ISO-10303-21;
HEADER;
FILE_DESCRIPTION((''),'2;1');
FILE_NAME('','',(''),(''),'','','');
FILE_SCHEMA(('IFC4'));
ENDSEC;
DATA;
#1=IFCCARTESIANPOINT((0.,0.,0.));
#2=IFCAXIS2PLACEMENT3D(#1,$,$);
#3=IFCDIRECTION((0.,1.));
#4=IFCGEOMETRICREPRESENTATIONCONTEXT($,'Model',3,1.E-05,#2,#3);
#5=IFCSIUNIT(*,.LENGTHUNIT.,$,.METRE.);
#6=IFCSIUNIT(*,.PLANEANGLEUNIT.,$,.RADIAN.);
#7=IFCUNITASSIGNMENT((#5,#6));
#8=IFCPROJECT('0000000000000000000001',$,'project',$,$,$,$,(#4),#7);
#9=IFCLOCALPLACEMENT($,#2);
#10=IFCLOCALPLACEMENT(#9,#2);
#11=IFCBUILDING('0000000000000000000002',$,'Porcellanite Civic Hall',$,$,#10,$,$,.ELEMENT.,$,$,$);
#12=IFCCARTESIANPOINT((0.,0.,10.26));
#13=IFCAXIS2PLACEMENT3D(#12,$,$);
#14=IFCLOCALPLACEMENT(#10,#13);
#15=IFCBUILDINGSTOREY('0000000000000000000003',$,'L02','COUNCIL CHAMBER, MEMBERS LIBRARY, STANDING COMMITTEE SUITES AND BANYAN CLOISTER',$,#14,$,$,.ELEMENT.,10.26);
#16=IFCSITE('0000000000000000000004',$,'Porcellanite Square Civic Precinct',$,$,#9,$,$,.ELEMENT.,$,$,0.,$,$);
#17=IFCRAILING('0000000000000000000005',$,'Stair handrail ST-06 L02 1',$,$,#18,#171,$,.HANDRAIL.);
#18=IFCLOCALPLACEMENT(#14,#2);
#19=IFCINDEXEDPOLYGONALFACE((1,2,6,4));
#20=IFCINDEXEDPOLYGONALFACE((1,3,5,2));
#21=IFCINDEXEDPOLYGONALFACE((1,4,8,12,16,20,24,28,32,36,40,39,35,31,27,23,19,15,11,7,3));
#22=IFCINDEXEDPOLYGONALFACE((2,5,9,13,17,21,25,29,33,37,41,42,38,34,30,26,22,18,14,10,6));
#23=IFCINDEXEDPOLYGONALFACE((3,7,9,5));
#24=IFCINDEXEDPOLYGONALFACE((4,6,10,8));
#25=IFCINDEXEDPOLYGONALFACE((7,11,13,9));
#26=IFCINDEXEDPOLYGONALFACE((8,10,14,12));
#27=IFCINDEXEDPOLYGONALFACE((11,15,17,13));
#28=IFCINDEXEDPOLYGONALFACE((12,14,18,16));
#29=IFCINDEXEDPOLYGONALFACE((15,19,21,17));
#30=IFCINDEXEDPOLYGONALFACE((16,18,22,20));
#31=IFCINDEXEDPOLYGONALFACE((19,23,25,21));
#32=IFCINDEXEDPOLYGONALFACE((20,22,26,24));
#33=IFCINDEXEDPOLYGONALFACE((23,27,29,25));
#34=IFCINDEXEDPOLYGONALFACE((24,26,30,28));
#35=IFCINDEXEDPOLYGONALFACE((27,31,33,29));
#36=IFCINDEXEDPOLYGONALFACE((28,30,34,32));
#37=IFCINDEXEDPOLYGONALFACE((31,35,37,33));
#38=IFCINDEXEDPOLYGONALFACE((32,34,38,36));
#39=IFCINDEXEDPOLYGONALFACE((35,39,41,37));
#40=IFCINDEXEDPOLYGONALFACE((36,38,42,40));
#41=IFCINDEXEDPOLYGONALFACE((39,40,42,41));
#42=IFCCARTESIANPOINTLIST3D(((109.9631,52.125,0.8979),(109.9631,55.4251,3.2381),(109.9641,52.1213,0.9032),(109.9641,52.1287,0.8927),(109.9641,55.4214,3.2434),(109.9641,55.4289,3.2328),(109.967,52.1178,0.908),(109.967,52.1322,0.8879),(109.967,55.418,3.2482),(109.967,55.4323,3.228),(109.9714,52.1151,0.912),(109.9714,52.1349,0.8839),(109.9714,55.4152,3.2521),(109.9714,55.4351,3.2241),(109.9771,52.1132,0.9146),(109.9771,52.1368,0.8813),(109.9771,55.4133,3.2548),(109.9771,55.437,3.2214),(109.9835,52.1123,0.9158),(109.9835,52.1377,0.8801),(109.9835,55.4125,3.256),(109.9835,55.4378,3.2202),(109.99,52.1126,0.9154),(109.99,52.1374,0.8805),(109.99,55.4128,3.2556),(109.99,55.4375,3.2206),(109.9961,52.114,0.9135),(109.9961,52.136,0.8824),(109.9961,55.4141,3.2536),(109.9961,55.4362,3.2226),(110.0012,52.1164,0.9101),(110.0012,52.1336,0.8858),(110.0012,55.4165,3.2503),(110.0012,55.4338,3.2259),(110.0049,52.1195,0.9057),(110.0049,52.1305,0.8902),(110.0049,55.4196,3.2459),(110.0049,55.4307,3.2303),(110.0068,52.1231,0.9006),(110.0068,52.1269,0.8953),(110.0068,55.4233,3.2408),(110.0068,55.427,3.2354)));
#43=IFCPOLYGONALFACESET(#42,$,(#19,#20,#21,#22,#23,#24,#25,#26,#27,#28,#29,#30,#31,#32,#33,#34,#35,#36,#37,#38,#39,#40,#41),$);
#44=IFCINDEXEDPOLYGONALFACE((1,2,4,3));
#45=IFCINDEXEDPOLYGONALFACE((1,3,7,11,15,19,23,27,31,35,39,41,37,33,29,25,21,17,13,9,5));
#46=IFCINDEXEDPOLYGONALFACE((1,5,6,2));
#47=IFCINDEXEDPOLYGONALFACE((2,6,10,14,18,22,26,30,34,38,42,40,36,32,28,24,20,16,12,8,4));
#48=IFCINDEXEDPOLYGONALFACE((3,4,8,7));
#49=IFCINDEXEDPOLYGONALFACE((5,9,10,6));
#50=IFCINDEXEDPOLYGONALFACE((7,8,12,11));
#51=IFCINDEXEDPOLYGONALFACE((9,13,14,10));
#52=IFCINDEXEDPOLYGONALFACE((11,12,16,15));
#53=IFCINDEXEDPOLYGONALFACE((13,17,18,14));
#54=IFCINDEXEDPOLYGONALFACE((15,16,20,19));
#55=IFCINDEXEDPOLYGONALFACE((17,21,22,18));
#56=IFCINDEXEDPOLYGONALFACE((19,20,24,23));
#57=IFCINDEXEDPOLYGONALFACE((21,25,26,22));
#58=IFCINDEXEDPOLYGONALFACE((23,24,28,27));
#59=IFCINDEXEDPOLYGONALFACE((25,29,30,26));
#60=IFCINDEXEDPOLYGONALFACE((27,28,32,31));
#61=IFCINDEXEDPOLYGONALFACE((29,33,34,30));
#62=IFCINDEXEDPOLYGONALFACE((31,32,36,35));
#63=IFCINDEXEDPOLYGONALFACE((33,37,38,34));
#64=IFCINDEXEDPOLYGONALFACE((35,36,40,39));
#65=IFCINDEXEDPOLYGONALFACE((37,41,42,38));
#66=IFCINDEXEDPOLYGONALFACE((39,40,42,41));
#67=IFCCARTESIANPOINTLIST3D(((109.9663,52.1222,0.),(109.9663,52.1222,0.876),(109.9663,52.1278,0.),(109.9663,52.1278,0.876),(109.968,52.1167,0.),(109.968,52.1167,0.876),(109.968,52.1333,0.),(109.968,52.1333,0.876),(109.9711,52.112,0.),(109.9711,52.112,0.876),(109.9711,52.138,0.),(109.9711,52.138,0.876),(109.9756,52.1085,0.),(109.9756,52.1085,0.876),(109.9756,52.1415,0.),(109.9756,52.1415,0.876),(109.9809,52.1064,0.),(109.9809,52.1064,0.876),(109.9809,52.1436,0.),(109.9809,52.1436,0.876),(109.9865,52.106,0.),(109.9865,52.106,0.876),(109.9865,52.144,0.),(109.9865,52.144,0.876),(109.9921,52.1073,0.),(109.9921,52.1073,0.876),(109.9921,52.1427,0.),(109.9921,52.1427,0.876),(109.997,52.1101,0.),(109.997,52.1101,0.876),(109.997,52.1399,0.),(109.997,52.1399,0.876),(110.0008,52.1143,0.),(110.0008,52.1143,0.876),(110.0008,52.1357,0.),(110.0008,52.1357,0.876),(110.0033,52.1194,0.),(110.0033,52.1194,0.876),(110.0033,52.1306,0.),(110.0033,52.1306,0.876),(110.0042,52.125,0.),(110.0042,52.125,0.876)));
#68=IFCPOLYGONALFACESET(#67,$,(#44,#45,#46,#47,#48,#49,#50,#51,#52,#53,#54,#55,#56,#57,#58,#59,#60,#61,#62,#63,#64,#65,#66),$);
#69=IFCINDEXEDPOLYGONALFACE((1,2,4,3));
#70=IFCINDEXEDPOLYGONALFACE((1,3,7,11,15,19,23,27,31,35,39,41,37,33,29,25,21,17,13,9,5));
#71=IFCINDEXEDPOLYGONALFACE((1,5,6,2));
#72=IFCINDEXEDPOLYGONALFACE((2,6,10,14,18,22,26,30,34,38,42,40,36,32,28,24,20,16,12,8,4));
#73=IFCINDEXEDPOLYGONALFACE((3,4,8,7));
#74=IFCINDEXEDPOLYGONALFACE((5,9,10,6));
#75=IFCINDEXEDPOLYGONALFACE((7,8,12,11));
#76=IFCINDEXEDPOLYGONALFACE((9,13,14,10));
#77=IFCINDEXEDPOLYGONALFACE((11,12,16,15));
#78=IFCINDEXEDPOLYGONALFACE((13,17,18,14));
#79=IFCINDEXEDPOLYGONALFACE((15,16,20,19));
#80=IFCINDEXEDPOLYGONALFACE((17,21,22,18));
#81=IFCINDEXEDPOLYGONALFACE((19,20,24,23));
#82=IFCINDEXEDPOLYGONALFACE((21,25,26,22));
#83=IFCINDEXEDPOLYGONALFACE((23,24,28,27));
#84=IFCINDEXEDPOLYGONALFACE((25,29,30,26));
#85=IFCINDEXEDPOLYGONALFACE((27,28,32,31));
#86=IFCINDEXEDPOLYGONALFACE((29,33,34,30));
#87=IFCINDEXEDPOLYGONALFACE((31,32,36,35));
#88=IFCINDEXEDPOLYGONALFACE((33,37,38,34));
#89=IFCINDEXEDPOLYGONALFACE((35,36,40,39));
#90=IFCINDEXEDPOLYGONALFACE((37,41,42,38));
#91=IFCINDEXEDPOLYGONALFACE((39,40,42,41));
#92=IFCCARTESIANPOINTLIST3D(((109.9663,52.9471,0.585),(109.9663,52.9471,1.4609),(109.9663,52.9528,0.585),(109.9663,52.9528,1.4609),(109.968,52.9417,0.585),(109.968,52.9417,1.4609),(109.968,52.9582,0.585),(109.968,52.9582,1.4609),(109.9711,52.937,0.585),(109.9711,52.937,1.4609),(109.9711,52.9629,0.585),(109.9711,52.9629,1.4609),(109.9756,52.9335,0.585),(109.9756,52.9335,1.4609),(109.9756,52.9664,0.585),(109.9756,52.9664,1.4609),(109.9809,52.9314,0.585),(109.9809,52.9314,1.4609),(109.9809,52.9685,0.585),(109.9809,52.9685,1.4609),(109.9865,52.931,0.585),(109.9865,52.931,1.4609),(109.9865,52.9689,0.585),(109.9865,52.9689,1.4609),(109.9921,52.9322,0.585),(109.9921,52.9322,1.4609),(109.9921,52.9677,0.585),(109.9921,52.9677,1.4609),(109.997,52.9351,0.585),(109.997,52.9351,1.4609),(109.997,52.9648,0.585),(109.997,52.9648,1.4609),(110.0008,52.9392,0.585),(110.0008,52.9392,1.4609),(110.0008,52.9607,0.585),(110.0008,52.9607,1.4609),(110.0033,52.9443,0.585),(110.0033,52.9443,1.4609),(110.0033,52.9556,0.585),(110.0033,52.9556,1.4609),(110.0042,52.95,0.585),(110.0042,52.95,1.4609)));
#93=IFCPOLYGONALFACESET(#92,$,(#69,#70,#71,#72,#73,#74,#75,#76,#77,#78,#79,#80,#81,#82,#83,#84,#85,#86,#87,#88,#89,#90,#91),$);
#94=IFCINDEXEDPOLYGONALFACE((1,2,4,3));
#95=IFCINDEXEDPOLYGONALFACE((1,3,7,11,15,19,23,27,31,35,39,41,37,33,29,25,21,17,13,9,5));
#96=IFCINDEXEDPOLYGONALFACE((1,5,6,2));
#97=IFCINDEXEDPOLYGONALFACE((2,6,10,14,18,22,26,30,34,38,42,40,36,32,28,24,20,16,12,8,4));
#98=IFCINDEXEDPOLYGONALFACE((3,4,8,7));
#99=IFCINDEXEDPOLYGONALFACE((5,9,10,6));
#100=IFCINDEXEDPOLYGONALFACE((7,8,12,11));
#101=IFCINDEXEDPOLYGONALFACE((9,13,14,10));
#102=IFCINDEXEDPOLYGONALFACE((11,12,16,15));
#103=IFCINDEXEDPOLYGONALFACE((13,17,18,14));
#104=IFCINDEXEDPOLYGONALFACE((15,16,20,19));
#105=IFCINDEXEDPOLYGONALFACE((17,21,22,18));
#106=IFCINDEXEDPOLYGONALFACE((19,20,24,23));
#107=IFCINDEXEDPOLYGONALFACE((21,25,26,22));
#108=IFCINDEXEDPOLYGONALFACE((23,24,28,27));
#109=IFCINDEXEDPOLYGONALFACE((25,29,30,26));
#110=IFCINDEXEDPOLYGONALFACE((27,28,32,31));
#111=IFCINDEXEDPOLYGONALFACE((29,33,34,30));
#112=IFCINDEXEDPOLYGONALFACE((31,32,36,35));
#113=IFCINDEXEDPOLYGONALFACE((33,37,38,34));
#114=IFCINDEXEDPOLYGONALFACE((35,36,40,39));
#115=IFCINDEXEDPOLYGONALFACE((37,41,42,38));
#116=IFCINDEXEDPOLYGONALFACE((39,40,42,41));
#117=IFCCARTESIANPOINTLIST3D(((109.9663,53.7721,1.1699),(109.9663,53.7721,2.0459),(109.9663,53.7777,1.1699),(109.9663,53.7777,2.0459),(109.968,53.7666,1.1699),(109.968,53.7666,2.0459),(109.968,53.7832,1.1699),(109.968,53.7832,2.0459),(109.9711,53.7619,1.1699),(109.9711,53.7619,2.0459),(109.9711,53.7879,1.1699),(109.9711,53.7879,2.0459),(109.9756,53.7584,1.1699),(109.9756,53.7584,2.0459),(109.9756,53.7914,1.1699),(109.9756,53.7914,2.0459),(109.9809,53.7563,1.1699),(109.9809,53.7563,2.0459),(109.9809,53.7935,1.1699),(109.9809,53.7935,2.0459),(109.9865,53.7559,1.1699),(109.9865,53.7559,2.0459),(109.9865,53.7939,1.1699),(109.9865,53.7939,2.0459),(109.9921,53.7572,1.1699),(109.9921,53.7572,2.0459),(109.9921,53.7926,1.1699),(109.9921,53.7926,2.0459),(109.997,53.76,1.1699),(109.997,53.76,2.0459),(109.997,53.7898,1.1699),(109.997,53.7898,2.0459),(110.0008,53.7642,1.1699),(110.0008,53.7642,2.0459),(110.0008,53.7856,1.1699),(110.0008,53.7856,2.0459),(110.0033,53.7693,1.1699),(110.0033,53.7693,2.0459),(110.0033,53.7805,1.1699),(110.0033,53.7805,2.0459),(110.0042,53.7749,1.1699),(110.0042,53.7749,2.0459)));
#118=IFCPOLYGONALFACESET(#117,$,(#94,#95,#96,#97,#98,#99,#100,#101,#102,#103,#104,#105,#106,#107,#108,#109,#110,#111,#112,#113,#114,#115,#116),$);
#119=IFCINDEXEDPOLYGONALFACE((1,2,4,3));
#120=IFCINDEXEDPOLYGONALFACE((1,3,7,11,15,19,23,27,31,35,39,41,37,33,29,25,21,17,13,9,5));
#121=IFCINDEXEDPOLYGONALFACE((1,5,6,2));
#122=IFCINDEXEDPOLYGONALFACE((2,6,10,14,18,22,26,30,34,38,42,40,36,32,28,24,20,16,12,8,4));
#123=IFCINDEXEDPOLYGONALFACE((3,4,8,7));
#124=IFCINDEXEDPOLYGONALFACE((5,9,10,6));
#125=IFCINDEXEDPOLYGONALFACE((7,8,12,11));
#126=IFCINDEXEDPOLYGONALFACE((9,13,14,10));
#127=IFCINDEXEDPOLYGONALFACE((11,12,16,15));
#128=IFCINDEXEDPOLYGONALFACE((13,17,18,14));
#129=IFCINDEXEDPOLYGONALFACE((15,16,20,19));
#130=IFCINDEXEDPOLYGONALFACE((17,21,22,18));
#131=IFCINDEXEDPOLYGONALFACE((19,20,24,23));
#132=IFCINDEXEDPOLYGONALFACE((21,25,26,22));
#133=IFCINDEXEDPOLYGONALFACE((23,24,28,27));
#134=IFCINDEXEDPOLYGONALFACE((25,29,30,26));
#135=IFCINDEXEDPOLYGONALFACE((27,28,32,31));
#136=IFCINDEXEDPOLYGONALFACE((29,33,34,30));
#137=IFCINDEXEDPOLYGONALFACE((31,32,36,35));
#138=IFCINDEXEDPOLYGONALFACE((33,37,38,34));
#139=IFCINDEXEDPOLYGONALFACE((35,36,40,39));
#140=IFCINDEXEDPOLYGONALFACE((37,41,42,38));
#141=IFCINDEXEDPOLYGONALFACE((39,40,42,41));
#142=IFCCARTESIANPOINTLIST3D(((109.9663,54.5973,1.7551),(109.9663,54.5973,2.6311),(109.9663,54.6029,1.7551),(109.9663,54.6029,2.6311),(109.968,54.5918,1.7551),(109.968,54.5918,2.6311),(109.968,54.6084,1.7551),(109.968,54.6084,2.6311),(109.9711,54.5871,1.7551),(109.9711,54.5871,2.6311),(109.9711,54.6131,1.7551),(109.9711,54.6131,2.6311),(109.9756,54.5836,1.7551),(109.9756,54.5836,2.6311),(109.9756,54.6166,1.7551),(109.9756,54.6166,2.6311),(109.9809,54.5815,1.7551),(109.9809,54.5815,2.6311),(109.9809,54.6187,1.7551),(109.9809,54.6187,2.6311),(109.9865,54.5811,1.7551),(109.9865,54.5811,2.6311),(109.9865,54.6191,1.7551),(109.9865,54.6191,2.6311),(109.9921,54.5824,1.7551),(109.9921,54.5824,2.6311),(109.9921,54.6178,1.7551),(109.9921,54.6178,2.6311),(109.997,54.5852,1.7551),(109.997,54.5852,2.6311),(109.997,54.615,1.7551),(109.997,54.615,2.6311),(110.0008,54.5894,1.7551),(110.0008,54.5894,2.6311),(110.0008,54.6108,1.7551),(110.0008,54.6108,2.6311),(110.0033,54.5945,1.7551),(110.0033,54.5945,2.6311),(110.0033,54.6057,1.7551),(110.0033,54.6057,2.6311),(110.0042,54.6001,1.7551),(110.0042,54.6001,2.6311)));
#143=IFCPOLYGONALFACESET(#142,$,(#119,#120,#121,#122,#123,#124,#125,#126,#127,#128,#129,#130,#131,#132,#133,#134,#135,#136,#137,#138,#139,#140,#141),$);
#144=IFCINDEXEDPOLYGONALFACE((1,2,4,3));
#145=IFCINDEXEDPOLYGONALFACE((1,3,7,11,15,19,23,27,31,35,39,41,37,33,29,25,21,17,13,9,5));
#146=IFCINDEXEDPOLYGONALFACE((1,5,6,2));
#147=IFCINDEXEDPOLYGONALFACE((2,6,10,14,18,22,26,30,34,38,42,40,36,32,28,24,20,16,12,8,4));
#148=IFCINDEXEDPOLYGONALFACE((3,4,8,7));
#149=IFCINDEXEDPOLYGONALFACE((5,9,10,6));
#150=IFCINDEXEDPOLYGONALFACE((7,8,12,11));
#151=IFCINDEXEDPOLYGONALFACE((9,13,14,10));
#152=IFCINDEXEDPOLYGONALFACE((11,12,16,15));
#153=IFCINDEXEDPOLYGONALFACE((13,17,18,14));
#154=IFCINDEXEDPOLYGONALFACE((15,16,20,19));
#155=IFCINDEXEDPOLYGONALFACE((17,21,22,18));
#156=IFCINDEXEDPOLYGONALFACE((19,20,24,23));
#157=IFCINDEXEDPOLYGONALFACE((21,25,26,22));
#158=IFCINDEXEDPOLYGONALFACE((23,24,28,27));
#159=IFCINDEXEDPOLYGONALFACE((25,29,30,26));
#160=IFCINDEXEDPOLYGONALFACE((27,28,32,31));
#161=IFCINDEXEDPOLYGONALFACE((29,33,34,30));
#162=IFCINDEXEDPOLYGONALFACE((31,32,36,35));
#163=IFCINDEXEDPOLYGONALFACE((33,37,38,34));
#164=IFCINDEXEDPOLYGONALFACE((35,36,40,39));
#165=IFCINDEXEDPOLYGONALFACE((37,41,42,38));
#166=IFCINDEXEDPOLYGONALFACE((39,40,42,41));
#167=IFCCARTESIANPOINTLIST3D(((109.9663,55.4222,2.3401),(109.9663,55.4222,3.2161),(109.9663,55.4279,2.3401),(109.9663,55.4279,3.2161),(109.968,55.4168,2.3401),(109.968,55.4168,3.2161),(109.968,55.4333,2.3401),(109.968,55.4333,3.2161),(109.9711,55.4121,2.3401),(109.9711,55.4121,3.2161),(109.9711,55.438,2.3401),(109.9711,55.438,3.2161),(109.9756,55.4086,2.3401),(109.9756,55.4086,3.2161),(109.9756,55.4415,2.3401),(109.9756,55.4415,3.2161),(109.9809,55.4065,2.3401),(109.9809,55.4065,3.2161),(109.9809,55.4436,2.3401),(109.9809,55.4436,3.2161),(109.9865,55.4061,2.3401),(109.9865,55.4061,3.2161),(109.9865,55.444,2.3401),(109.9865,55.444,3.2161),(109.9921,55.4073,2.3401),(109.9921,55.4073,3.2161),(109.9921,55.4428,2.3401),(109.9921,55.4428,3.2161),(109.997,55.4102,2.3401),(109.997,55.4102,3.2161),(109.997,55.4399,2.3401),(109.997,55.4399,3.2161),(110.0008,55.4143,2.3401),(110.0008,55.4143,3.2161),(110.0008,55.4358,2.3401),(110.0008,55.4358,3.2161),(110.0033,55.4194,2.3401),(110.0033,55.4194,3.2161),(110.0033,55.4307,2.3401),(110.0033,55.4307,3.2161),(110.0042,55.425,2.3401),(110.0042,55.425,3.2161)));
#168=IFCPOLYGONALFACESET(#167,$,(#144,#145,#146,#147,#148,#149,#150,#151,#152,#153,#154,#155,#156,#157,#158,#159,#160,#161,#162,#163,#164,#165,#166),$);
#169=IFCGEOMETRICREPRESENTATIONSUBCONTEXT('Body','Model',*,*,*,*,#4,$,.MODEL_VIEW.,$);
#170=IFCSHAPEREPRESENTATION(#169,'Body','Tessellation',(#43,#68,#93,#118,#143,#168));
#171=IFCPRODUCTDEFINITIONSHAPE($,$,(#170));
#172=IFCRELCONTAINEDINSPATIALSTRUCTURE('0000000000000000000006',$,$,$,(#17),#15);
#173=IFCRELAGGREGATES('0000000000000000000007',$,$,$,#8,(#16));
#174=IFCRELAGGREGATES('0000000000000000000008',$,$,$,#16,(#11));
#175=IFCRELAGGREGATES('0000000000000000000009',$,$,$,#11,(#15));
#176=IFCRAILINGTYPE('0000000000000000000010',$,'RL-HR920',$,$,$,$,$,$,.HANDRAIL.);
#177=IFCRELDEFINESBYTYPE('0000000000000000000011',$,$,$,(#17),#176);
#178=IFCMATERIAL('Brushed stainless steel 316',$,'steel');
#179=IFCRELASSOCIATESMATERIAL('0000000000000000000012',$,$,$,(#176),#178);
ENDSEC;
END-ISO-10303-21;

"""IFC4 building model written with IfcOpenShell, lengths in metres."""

from ifc_helpers import new_model, si_unit, direction, frame, origin, origin_2d, place, context, subcontext, project, spatial, circle, extrude, material, type_object, element, save


model = new_model("IFC4")

# Units and contexts
model_context = context("Model", 3, precision=1e-05, world=origin(), true_north=direction((0.0, 1.0)))
body_context = subcontext(model_context, "Body", "Model", "MODEL_VIEW")
ifc_project = project(units=[si_unit("LENGTHUNIT", "METRE"), si_unit("PLANEANGLEUNIT", "RADIAN")], contexts=[model_context])

# Site, building, storey
site_placement = place(None, origin())
site = spatial("IfcSite", under=ifc_project, at=site_placement, Name="Porcellanite Square Civic Precinct", CompositionType="ELEMENT", RefElevation=0.0)
building_placement = place(site_placement, origin())
building = spatial("IfcBuilding", under=site, at=building_placement, Name="Porcellanite Civic Hall", CompositionType="ELEMENT")
storey_placement = place(building_placement, frame((0.0, 0.0, 10.26)))
storey = spatial("IfcBuildingStorey", under=building, at=storey_placement, Name="L02", Description="COUNCIL CHAMBER, MEMBERS LIBRARY, STANDING COMMITTEE SUITES AND BANYAN CLOISTER", CompositionType="ELEMENT", Elevation=10.26)

# Railing
ifc_material_1 = material(Name="Brushed stainless steel 316", Category="steel")
railing_type_1 = type_object("IfcRailingType", Name="RL-HR920", PredefinedType="HANDRAIL", material=ifc_material_1)
railing_1_placement = place(storey_placement, frame((109.9851, 52.125, 0.0)))
element("IfcRailing", 1, at=railing_1_placement, inside=storey, type_object=railing_type_1, Name="Stair handrail ST-06 L02 1", PredefinedType="HANDRAIL", context=body_context, shape_type="SweptSolid", body=[
    extrude(circle(Radius=0.022, at=origin_2d()), frame((0.0, 0.0, 0.8979), z_axis=(0.0, 0.815727, 0.578438), x_axis=(-1.0, 0.0, 0.0)), (0.0, 0.0, 1.0), 4.0457),
    extrude(circle(Radius=0.019, at=origin_2d()), origin(), (0.0, 0.0, 1.0), 0.876),
    extrude(circle(Radius=0.019, at=origin_2d()), frame((0.0, 0.825, 0.585)), (0.0, 0.0, 1.0), 0.876),
    extrude(circle(Radius=0.019, at=origin_2d()), frame((0.0, 1.6499, 1.1699)), (0.0, 0.0, 1.0), 0.876),
    extrude(circle(Radius=0.019, at=origin_2d()), frame((0.0, 2.4751, 1.7551)), (0.0, 0.0, 1.0), 0.876),
    extrude(circle(Radius=0.019, at=origin_2d()), frame((0.0, 3.3, 2.3401)), (0.0, 0.0, 1.0), 0.876),
])

save(model, "model.ifc")
